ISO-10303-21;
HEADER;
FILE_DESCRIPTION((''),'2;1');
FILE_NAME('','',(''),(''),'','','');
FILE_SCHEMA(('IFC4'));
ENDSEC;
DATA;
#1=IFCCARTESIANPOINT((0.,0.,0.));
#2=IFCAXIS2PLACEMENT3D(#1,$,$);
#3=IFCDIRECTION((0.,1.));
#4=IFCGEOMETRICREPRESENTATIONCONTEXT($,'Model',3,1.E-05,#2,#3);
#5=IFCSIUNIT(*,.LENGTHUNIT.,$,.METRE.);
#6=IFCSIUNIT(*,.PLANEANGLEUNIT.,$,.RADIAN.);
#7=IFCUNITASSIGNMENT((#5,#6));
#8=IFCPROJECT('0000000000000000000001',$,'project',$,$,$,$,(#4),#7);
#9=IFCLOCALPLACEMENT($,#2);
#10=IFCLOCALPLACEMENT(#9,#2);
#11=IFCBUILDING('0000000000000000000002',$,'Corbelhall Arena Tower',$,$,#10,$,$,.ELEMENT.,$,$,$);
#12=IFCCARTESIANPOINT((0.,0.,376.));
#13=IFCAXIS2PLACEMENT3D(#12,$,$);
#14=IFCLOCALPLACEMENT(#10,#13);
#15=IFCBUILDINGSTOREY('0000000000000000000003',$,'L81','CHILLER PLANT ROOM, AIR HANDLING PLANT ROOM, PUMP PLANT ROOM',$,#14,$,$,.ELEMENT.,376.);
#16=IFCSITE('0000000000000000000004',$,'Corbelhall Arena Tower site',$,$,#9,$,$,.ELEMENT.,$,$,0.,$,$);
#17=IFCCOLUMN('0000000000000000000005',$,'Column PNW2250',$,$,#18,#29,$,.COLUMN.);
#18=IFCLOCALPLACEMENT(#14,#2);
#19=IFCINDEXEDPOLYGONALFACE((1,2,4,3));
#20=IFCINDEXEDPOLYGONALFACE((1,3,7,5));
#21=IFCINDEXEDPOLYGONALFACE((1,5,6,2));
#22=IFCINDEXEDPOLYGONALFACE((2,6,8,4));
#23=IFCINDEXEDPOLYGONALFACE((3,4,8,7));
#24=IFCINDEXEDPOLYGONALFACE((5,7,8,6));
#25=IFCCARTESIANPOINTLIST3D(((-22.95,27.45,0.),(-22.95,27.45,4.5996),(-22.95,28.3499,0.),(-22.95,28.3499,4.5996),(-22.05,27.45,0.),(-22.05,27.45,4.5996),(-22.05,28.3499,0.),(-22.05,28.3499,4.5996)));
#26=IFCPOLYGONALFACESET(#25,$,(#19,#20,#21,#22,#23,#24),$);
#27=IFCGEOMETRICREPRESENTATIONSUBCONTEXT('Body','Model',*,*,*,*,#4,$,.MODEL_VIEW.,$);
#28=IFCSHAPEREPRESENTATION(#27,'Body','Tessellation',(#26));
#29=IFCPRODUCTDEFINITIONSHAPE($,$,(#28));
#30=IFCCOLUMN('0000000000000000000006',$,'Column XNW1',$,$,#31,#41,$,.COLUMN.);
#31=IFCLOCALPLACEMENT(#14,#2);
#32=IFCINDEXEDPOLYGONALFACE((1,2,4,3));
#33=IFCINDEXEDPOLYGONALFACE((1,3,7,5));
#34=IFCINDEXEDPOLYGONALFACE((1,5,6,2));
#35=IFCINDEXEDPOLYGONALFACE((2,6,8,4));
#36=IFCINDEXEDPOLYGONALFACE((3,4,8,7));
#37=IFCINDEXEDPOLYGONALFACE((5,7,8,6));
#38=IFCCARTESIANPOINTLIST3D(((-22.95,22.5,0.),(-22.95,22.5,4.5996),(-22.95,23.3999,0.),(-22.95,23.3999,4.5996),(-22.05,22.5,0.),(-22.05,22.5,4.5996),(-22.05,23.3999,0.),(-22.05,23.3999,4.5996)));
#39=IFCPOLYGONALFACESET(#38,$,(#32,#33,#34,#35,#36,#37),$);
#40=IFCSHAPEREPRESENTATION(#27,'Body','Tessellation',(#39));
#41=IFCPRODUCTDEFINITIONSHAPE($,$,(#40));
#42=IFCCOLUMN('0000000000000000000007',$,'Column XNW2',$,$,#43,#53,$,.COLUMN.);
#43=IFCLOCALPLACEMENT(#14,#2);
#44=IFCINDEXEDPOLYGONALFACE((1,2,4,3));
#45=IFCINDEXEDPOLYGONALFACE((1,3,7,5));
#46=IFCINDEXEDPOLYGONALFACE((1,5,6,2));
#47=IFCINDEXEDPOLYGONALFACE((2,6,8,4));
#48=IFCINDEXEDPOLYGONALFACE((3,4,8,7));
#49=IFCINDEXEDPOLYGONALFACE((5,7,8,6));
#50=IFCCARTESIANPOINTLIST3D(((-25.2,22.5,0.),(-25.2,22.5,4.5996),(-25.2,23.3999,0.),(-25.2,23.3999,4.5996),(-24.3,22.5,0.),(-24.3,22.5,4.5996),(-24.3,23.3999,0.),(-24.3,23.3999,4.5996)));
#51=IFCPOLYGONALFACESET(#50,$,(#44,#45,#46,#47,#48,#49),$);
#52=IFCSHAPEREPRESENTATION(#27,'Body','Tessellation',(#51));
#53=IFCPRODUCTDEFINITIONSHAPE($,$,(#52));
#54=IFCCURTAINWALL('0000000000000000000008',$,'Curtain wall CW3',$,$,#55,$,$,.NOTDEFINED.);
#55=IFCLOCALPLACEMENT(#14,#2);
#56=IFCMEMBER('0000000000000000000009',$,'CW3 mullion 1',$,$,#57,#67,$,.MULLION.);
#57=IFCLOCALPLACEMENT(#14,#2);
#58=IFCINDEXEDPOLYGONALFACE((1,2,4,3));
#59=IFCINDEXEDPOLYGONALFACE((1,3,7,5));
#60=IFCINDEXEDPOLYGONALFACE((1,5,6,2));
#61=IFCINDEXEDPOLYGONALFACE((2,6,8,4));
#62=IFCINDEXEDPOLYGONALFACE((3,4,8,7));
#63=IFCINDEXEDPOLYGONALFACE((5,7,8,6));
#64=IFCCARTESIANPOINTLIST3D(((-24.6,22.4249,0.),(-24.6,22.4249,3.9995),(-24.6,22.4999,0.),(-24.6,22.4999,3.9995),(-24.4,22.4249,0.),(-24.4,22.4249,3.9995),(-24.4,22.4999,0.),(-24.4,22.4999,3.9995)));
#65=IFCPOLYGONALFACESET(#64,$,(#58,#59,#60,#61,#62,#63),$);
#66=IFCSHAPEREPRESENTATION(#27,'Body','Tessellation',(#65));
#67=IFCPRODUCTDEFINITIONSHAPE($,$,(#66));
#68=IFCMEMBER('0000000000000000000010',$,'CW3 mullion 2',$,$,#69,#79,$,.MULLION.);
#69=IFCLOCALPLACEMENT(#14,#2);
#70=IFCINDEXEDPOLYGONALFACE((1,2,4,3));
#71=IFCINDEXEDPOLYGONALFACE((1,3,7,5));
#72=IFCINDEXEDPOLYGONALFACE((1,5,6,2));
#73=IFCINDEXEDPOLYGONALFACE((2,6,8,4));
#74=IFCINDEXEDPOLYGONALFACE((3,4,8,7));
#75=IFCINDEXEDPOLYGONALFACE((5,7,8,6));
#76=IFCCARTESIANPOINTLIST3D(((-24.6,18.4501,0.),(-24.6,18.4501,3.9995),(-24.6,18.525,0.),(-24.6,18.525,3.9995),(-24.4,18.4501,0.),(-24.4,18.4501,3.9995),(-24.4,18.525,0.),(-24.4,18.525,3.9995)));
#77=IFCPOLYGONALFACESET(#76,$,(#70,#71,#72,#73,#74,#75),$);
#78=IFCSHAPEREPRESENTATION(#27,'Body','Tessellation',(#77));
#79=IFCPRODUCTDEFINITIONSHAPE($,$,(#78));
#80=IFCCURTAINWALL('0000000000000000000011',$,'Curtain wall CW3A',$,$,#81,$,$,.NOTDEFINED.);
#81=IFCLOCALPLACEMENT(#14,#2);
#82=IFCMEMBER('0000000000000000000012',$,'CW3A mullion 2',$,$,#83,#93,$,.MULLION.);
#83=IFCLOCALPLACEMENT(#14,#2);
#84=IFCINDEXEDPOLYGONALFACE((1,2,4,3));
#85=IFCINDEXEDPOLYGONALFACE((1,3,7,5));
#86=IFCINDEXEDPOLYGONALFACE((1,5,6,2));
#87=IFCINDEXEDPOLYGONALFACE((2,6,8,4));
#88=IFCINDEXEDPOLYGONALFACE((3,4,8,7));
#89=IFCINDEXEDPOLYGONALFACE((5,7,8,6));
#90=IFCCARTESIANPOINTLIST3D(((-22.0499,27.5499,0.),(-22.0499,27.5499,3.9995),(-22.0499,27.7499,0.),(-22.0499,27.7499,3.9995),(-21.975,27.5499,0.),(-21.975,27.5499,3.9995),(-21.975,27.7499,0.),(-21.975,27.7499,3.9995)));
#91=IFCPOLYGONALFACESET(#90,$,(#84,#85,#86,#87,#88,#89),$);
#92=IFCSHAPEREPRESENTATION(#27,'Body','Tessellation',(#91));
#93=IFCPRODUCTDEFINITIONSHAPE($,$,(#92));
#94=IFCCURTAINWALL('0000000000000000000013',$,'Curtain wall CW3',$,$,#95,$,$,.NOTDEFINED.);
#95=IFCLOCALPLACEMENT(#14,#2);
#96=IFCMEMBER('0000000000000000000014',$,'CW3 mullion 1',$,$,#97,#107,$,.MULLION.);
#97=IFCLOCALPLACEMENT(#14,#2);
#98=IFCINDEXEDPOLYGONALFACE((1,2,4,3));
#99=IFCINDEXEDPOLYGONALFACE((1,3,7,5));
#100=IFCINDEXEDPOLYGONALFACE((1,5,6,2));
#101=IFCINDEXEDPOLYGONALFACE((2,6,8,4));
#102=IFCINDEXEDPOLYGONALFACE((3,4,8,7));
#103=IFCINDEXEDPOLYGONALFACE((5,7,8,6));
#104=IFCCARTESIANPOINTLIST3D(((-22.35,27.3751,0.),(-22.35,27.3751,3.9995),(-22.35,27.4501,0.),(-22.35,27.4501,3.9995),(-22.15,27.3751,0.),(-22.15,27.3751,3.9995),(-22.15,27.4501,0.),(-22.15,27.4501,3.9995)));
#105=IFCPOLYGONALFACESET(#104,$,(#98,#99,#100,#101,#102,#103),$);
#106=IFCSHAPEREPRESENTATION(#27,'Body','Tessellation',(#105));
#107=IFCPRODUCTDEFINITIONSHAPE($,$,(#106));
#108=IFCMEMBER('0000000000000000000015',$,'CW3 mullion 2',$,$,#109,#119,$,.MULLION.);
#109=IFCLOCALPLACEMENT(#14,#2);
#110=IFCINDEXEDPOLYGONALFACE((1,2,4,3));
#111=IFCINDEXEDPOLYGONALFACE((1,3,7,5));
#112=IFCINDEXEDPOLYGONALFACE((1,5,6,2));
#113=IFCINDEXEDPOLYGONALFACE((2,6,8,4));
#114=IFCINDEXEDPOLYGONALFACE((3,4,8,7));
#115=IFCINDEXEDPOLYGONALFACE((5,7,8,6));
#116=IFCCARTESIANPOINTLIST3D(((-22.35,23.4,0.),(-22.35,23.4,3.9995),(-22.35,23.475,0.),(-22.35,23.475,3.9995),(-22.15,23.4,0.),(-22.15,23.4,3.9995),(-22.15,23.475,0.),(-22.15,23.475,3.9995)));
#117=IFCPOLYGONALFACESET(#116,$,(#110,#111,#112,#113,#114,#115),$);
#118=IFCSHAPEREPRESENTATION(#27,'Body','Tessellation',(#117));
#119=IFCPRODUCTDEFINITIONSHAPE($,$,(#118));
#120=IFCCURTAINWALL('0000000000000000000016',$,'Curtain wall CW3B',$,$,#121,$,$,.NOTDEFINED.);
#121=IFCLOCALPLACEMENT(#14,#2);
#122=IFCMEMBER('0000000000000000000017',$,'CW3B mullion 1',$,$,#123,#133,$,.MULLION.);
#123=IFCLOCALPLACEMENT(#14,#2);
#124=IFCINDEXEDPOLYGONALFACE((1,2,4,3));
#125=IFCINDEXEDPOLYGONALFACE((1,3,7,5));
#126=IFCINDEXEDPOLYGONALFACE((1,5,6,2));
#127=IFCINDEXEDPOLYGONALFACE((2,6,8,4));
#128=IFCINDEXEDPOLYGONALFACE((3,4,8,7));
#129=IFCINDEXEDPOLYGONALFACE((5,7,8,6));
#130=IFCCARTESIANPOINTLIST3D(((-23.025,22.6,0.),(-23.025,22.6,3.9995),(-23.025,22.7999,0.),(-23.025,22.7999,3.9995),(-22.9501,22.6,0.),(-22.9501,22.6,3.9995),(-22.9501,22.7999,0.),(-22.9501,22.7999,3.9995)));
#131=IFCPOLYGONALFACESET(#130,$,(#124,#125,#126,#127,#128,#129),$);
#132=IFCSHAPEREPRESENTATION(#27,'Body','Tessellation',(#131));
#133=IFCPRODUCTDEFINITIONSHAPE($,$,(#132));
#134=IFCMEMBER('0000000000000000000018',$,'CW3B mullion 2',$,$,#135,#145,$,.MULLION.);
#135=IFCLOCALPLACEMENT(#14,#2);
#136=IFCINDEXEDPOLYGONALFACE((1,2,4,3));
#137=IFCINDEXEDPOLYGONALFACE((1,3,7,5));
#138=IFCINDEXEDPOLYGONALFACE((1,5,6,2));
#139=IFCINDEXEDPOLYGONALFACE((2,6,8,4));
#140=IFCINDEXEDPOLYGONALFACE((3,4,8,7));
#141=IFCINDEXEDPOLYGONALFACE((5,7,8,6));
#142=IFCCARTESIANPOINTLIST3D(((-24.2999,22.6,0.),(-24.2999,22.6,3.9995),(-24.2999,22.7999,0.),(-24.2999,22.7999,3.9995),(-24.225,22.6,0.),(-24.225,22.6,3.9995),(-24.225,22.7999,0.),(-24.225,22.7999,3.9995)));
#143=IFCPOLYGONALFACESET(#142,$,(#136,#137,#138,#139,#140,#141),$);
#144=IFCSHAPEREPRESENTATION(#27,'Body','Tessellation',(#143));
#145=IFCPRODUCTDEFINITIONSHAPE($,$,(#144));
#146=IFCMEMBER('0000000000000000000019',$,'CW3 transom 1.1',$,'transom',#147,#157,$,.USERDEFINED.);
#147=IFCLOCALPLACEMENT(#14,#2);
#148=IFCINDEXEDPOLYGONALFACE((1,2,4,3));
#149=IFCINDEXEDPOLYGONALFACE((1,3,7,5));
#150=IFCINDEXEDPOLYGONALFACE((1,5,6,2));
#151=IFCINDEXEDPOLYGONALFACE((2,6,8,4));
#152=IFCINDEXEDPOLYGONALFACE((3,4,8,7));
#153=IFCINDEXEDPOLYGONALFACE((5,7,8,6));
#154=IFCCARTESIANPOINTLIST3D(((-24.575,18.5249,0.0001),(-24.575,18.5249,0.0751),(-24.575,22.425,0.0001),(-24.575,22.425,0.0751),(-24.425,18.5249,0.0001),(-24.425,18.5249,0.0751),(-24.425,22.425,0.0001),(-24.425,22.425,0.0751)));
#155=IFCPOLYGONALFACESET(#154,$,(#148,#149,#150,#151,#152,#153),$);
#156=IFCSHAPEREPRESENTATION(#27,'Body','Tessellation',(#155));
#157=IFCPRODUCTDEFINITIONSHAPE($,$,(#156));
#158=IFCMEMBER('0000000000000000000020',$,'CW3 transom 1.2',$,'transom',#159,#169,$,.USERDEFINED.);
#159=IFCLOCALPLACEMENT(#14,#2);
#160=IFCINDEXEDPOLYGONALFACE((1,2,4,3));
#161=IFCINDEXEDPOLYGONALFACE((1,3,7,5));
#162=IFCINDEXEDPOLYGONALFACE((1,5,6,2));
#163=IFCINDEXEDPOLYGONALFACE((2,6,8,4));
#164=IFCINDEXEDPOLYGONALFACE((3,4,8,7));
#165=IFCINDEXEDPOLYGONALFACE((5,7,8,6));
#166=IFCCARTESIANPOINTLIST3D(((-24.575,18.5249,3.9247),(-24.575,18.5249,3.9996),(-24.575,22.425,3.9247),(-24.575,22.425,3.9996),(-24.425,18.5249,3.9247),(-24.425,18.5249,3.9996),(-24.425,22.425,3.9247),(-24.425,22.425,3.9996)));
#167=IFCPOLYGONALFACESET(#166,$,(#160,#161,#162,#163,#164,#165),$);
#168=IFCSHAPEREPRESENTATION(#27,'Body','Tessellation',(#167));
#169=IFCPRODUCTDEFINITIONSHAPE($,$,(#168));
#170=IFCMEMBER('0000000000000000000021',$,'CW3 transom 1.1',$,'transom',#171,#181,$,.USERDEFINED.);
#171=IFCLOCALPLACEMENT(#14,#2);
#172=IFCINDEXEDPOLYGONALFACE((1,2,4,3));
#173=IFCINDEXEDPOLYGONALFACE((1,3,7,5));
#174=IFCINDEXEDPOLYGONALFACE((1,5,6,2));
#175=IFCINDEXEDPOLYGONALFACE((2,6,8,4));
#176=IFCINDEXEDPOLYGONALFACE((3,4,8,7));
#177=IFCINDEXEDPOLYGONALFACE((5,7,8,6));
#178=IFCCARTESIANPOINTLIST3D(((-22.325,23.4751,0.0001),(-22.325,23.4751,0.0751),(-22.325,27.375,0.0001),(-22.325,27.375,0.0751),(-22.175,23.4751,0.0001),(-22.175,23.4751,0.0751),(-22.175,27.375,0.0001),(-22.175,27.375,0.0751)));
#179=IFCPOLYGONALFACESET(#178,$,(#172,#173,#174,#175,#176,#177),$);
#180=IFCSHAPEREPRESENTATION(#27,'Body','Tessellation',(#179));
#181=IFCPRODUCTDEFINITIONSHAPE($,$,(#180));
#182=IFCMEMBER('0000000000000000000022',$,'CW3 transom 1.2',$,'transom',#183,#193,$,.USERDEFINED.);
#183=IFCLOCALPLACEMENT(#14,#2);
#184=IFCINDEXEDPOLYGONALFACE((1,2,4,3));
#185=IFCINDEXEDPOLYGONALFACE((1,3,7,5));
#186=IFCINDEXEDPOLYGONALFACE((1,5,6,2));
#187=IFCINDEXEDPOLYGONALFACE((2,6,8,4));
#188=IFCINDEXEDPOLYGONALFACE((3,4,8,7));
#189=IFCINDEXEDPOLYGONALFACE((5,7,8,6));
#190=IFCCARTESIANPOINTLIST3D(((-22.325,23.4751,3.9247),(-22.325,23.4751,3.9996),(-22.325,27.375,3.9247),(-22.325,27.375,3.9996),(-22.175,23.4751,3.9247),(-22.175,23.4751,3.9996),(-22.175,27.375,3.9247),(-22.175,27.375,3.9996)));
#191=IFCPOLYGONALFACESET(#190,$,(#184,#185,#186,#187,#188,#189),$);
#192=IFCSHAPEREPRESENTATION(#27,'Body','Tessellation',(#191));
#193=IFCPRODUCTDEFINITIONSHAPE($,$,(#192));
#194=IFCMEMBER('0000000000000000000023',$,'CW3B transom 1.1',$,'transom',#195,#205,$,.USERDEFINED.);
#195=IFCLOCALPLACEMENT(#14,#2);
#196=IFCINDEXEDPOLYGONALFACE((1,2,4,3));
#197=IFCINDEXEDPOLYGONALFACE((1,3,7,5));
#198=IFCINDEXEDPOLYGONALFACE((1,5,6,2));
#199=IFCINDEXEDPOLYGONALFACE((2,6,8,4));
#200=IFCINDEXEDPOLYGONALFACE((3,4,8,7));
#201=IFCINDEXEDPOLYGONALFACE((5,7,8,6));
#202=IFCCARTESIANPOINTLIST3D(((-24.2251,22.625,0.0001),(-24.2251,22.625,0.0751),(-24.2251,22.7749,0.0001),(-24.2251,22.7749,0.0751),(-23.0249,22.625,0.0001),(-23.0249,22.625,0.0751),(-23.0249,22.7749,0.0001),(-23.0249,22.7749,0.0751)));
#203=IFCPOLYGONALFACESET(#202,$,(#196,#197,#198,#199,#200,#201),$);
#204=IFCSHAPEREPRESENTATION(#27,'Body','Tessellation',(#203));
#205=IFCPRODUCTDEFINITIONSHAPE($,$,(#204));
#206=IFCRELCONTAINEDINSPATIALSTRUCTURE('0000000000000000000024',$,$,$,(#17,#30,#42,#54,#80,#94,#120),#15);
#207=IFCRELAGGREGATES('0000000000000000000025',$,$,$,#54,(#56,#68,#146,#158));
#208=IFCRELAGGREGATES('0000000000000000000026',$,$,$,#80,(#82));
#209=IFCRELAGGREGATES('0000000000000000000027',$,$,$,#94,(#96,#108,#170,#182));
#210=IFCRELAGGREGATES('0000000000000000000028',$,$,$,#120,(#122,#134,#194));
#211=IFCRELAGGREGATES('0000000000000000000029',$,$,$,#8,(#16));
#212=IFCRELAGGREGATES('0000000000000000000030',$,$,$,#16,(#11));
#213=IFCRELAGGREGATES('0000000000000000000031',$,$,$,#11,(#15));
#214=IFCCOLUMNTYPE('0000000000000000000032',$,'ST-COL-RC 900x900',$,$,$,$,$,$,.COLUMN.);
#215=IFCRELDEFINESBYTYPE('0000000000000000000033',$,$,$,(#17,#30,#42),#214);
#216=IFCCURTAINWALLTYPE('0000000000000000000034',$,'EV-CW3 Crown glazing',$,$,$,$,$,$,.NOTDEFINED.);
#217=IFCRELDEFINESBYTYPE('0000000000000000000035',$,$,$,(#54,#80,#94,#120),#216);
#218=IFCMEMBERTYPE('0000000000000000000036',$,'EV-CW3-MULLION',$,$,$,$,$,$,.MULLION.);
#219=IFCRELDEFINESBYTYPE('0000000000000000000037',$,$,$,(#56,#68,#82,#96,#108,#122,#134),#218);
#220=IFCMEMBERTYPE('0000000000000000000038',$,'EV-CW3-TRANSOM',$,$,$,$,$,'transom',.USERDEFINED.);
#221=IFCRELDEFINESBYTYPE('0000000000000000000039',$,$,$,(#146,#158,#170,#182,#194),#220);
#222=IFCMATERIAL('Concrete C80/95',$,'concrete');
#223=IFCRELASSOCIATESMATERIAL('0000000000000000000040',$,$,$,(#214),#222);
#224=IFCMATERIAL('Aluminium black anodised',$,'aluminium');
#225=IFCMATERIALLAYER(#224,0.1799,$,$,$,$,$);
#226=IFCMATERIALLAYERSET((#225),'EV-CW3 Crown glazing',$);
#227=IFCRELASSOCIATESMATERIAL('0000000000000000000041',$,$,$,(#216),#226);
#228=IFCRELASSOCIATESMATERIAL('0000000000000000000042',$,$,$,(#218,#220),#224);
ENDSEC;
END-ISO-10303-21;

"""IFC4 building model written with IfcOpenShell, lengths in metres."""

from ifc_helpers import new_model, si_unit, direction, frame, origin, origin_2d, place, context, subcontext, project, spatial, rectangle, extrude, material, layer, layer_set, material_profile, profile_set, type_object, element, aggregate, save


model = new_model("IFC4")

# Units and contexts
model_context = context("Model", 3, precision=1e-05, world=origin(), true_north=direction((0.0, 1.0)))
body_context = subcontext(model_context, "Body", "Model", "MODEL_VIEW")
ifc_project = project(units=[si_unit("LENGTHUNIT", "METRE"), si_unit("PLANEANGLEUNIT", "RADIAN")], contexts=[model_context])

# Site, building, storey
site_placement = place(None, origin())
site = spatial("IfcSite", under=ifc_project, at=site_placement, Name="Corbelhall Arena Tower site", CompositionType="ELEMENT", RefElevation=0.0)
building_placement = place(site_placement, origin())
building = spatial("IfcBuilding", under=site, at=building_placement, Name="Corbelhall Arena Tower", CompositionType="ELEMENT")
storey_placement = place(building_placement, frame((0.0, 0.0, 376.0)))
storey = spatial("IfcBuildingStorey", under=building, at=storey_placement, Name="L81", Description="CHILLER PLANT ROOM, AIR HANDLING PLANT ROOM, PUMP PLANT ROOM", CompositionType="ELEMENT", Elevation=376.0)

# Columns
ifc_material_1 = material(Name="Concrete C80/95", Category="concrete")
ifc_material_profile_1 = material_profile(ifc_material_1, rectangle(XDim=0.8999, YDim=0.8999, at=origin_2d()))
ifc_profile_set_1 = profile_set([ifc_material_profile_1], Name="Concrete C80/95")
column_type = type_object("IfcColumnType", Name="ST-COL-RC 900x900", PredefinedType="COLUMN", material=ifc_profile_set_1)
for number, where, z_axis, x_axis, name in (
    (1, (-22.5, 27.8999, 0.0), (0.0, 0.0, 1.0), (1.0, 0.0, 0.0), "Column PNW2250"),
    (2, (-22.5, 22.95, 0.0), (0.0, 0.0, 1.0), (1.0, 0.0, 0.0), "Column XNW1"),
    (3, (-24.75, 22.95, 0.0), (0.0, 0.0, 1.0), (1.0, 0.0, 0.0), "Column XNW2"),
):
    element("IfcColumn", number, at=place(storey_placement, frame(where, z_axis=z_axis, x_axis=x_axis)), inside=storey, type_object=column_type, Name=name, PredefinedType="COLUMN", context=body_context, shape_type="SweptSolid", body=[
        extrude(rectangle(XDim=0.8999, YDim=0.8999, at=origin_2d()), origin(), (0.0, 0.0, 1.0), 4.5996),
    ])

# Curtain wall, members
ifc_material_2 = material(Name="Aluminium black anodised", Category="aluminium")
ifc_layer_1 = layer(ifc_material_2, 0.1799)
ifc_layer_set_1 = layer_set([ifc_layer_1], Name="EV-CW3 Crown glazing")
curtain_wall_type = type_object("IfcCurtainWallType", Name="EV-CW3 Crown glazing", PredefinedType="NOTDEFINED", material=ifc_layer_set_1)
curtain_wall_1_placement = place(storey_placement, origin())
curtain_wall_1 = element("IfcCurtainWall", 4, at=curtain_wall_1_placement, inside=storey, type_object=curtain_wall_type, Name="Curtain wall CW3", PredefinedType="NOTDEFINED")
ifc_material_profile_2 = material_profile(ifc_material_2, rectangle(XDim=0.2, YDim=0.075, at=origin_2d()))
ifc_profile_set_2 = profile_set([ifc_material_profile_2], Name="Aluminium black anodised")
member_type_1 = type_object("IfcMemberType", Name="EV-CW3-MULLION", PredefinedType="MULLION", material=ifc_profile_set_2)
member_1_placement = place(storey_placement, frame((-24.5, 22.4624, 0.0), z_axis=(0.0, 0.0, 1.0), x_axis=(1.0, 0.0, 0.0)))
member_1 = element("IfcMember", 5, at=member_1_placement, type_object=member_type_1, Name="CW3 mullion 1", PredefinedType="MULLION", context=body_context, shape_type="SweptSolid", body=[
    extrude(rectangle(XDim=0.2, YDim=0.075, at=origin_2d()), origin(), (0.0, 0.0, 1.0), 3.9995),
])
member_2_placement = place(storey_placement, frame((-24.5, 18.4875, 0.0), z_axis=(0.0, 0.0, 1.0), x_axis=(1.0, 0.0, 0.0)))
member_2 = element("IfcMember", 6, at=member_2_placement, type_object=member_type_1, Name="CW3 mullion 2", PredefinedType="MULLION", context=body_context, shape_type="SweptSolid", body=[
    extrude(rectangle(XDim=0.2, YDim=0.075, at=origin_2d()), origin(), (0.0, 0.0, 1.0), 3.9995),
])

# Curtain wall, member
curtain_wall_2_placement = place(storey_placement, origin())
curtain_wall_2 = element("IfcCurtainWall", 7, at=curtain_wall_2_placement, inside=storey, type_object=curtain_wall_type, Name="Curtain wall CW3A", PredefinedType="NOTDEFINED")
member_3_placement = place(storey_placement, frame((-22.0125, 27.6499, 0.0), z_axis=(0.0, 0.0, 1.0), x_axis=(0.0, -1.0, 0.0)))
member_3 = element("IfcMember", 8, at=member_3_placement, type_object=member_type_1, Name="CW3A mullion 2", PredefinedType="MULLION", context=body_context, shape_type="SweptSolid", body=[
    extrude(rectangle(XDim=0.2, YDim=0.075, at=origin_2d()), origin(), (0.0, 0.0, 1.0), 3.9995),
])

# Curtain walls, members
curtain_wall_3_placement = place(storey_placement, origin())
curtain_wall_3 = element("IfcCurtainWall", 9, at=curtain_wall_3_placement, inside=storey, type_object=curtain_wall_type, Name="Curtain wall CW3", PredefinedType="NOTDEFINED")
member_4_placement = place(storey_placement, frame((-22.25, 27.4126, 0.0), z_axis=(0.0, 0.0, 1.0), x_axis=(1.0, 0.0, 0.0)))
member_4 = element("IfcMember", 10, at=member_4_placement, type_object=member_type_1, Name="CW3 mullion 1", PredefinedType="MULLION", context=body_context, shape_type="SweptSolid", body=[
    extrude(rectangle(XDim=0.2, YDim=0.075, at=origin_2d()), origin(), (0.0, 0.0, 1.0), 3.9995),
])
member_5_placement = place(storey_placement, frame((-22.25, 23.4375, 0.0), z_axis=(0.0, 0.0, 1.0), x_axis=(1.0, 0.0, 0.0)))
member_5 = element("IfcMember", 11, at=member_5_placement, type_object=member_type_1, Name="CW3 mullion 2", PredefinedType="MULLION", context=body_context, shape_type="SweptSolid", body=[
    extrude(rectangle(XDim=0.2, YDim=0.075, at=origin_2d()), origin(), (0.0, 0.0, 1.0), 3.9995),
])
curtain_wall_4_placement = place(storey_placement, origin())
curtain_wall_4 = element("IfcCurtainWall", 12, at=curtain_wall_4_placement, inside=storey, type_object=curtain_wall_type, Name="Curtain wall CW3B", PredefinedType="NOTDEFINED")
member_6_placement = place(storey_placement, frame((-22.9875, 22.7, 0.0), z_axis=(0.0, 0.0, 1.0), x_axis=(0.0, -1.0, 0.0)))
member_6 = element("IfcMember", 13, at=member_6_placement, type_object=member_type_1, Name="CW3B mullion 1", PredefinedType="MULLION", context=body_context, shape_type="SweptSolid", body=[
    extrude(rectangle(XDim=0.2, YDim=0.075, at=origin_2d()), origin(), (0.0, 0.0, 1.0), 3.9995),
])
member_7_placement = place(storey_placement, frame((-24.2625, 22.7, 0.0), z_axis=(0.0, 0.0, 1.0), x_axis=(0.0, -1.0, 0.0)))
member_7 = element("IfcMember", 14, at=member_7_placement, type_object=member_type_1, Name="CW3B mullion 2", PredefinedType="MULLION", context=body_context, shape_type="SweptSolid", body=[
    extrude(rectangle(XDim=0.2, YDim=0.075, at=origin_2d()), origin(), (0.0, 0.0, 1.0), 3.9995),
])

# Members
ifc_material_profile_3 = material_profile(ifc_material_2, rectangle(XDim=0.1499, YDim=0.075, at=origin_2d()))
ifc_profile_set_3 = profile_set([ifc_material_profile_3], Name="Aluminium black anodised")
member_type_2 = type_object("IfcMemberType", Name="EV-CW3-TRANSOM", ElementType="transom", PredefinedType="USERDEFINED", material=ifc_profile_set_3)
member_8_placement = place(storey_placement, frame((-24.5, 22.425, 0.0376), z_axis=(0.0, -1.0, 0.0), x_axis=(1.0, 0.0, 0.0)))
member_8 = element("IfcMember", 15, at=member_8_placement, type_object=member_type_2, Name="CW3 transom 1.1", ObjectType="transom", PredefinedType="USERDEFINED", context=body_context, shape_type="SweptSolid", body=[
    extrude(rectangle(XDim=0.1499, YDim=0.075, at=origin_2d()), origin(), (0.0, 0.0, 1.0), 3.9001),
])
member_9_placement = place(storey_placement, frame((-24.5, 22.425, 3.9622), z_axis=(0.0, -1.0, 0.0), x_axis=(1.0, 0.0, 0.0)))
member_9 = element("IfcMember", 16, at=member_9_placement, type_object=member_type_2, Name="CW3 transom 1.2", ObjectType="transom", PredefinedType="USERDEFINED", context=body_context, shape_type="SweptSolid", body=[
    extrude(rectangle(XDim=0.1499, YDim=0.075, at=origin_2d()), origin(), (0.0, 0.0, 1.0), 3.9001),
])
member_10_placement = place(storey_placement, frame((-22.25, 27.375, 0.0376), z_axis=(0.0, -1.0, 0.0), x_axis=(1.0, 0.0, 0.0)))
member_10 = element("IfcMember", 17, at=member_10_placement, type_object=member_type_2, Name="CW3 transom 1.1", ObjectType="transom", PredefinedType="USERDEFINED", context=body_context, shape_type="SweptSolid", body=[
    extrude(rectangle(XDim=0.1499, YDim=0.075, at=origin_2d()), origin(), (0.0, 0.0, 1.0), 3.8999),
])
member_11_placement = place(storey_placement, frame((-22.25, 27.375, 3.9622), z_axis=(0.0, -1.0, 0.0), x_axis=(1.0, 0.0, 0.0)))
member_11 = element("IfcMember", 18, at=member_11_placement, type_object=member_type_2, Name="CW3 transom 1.2", ObjectType="transom", PredefinedType="USERDEFINED", context=body_context, shape_type="SweptSolid", body=[
    extrude(rectangle(XDim=0.1499, YDim=0.075, at=origin_2d()), origin(), (0.0, 0.0, 1.0), 3.8999),
])
member_12_placement = place(storey_placement, frame((-23.0249, 22.7, 0.0376), z_axis=(-1.0, 0.0, 0.0), x_axis=(0.0, -1.0, 0.0)))
member_12 = element("IfcMember", 19, at=member_12_placement, type_object=member_type_2, Name="CW3B transom 1.1", ObjectType="transom", PredefinedType="USERDEFINED", context=body_context, shape_type="SweptSolid", body=[
    extrude(rectangle(XDim=0.1499, YDim=0.075, at=origin_2d()), origin(), (0.0, 0.0, 1.0), 1.2002),
])

aggregate(curtain_wall_1, [member_1, member_2, member_8, member_9])
aggregate(curtain_wall_2, [member_3])
aggregate(curtain_wall_3, [member_4, member_5, member_10, member_11])
aggregate(curtain_wall_4, [member_6, member_7, member_12])

save(model, "model.ifc")
